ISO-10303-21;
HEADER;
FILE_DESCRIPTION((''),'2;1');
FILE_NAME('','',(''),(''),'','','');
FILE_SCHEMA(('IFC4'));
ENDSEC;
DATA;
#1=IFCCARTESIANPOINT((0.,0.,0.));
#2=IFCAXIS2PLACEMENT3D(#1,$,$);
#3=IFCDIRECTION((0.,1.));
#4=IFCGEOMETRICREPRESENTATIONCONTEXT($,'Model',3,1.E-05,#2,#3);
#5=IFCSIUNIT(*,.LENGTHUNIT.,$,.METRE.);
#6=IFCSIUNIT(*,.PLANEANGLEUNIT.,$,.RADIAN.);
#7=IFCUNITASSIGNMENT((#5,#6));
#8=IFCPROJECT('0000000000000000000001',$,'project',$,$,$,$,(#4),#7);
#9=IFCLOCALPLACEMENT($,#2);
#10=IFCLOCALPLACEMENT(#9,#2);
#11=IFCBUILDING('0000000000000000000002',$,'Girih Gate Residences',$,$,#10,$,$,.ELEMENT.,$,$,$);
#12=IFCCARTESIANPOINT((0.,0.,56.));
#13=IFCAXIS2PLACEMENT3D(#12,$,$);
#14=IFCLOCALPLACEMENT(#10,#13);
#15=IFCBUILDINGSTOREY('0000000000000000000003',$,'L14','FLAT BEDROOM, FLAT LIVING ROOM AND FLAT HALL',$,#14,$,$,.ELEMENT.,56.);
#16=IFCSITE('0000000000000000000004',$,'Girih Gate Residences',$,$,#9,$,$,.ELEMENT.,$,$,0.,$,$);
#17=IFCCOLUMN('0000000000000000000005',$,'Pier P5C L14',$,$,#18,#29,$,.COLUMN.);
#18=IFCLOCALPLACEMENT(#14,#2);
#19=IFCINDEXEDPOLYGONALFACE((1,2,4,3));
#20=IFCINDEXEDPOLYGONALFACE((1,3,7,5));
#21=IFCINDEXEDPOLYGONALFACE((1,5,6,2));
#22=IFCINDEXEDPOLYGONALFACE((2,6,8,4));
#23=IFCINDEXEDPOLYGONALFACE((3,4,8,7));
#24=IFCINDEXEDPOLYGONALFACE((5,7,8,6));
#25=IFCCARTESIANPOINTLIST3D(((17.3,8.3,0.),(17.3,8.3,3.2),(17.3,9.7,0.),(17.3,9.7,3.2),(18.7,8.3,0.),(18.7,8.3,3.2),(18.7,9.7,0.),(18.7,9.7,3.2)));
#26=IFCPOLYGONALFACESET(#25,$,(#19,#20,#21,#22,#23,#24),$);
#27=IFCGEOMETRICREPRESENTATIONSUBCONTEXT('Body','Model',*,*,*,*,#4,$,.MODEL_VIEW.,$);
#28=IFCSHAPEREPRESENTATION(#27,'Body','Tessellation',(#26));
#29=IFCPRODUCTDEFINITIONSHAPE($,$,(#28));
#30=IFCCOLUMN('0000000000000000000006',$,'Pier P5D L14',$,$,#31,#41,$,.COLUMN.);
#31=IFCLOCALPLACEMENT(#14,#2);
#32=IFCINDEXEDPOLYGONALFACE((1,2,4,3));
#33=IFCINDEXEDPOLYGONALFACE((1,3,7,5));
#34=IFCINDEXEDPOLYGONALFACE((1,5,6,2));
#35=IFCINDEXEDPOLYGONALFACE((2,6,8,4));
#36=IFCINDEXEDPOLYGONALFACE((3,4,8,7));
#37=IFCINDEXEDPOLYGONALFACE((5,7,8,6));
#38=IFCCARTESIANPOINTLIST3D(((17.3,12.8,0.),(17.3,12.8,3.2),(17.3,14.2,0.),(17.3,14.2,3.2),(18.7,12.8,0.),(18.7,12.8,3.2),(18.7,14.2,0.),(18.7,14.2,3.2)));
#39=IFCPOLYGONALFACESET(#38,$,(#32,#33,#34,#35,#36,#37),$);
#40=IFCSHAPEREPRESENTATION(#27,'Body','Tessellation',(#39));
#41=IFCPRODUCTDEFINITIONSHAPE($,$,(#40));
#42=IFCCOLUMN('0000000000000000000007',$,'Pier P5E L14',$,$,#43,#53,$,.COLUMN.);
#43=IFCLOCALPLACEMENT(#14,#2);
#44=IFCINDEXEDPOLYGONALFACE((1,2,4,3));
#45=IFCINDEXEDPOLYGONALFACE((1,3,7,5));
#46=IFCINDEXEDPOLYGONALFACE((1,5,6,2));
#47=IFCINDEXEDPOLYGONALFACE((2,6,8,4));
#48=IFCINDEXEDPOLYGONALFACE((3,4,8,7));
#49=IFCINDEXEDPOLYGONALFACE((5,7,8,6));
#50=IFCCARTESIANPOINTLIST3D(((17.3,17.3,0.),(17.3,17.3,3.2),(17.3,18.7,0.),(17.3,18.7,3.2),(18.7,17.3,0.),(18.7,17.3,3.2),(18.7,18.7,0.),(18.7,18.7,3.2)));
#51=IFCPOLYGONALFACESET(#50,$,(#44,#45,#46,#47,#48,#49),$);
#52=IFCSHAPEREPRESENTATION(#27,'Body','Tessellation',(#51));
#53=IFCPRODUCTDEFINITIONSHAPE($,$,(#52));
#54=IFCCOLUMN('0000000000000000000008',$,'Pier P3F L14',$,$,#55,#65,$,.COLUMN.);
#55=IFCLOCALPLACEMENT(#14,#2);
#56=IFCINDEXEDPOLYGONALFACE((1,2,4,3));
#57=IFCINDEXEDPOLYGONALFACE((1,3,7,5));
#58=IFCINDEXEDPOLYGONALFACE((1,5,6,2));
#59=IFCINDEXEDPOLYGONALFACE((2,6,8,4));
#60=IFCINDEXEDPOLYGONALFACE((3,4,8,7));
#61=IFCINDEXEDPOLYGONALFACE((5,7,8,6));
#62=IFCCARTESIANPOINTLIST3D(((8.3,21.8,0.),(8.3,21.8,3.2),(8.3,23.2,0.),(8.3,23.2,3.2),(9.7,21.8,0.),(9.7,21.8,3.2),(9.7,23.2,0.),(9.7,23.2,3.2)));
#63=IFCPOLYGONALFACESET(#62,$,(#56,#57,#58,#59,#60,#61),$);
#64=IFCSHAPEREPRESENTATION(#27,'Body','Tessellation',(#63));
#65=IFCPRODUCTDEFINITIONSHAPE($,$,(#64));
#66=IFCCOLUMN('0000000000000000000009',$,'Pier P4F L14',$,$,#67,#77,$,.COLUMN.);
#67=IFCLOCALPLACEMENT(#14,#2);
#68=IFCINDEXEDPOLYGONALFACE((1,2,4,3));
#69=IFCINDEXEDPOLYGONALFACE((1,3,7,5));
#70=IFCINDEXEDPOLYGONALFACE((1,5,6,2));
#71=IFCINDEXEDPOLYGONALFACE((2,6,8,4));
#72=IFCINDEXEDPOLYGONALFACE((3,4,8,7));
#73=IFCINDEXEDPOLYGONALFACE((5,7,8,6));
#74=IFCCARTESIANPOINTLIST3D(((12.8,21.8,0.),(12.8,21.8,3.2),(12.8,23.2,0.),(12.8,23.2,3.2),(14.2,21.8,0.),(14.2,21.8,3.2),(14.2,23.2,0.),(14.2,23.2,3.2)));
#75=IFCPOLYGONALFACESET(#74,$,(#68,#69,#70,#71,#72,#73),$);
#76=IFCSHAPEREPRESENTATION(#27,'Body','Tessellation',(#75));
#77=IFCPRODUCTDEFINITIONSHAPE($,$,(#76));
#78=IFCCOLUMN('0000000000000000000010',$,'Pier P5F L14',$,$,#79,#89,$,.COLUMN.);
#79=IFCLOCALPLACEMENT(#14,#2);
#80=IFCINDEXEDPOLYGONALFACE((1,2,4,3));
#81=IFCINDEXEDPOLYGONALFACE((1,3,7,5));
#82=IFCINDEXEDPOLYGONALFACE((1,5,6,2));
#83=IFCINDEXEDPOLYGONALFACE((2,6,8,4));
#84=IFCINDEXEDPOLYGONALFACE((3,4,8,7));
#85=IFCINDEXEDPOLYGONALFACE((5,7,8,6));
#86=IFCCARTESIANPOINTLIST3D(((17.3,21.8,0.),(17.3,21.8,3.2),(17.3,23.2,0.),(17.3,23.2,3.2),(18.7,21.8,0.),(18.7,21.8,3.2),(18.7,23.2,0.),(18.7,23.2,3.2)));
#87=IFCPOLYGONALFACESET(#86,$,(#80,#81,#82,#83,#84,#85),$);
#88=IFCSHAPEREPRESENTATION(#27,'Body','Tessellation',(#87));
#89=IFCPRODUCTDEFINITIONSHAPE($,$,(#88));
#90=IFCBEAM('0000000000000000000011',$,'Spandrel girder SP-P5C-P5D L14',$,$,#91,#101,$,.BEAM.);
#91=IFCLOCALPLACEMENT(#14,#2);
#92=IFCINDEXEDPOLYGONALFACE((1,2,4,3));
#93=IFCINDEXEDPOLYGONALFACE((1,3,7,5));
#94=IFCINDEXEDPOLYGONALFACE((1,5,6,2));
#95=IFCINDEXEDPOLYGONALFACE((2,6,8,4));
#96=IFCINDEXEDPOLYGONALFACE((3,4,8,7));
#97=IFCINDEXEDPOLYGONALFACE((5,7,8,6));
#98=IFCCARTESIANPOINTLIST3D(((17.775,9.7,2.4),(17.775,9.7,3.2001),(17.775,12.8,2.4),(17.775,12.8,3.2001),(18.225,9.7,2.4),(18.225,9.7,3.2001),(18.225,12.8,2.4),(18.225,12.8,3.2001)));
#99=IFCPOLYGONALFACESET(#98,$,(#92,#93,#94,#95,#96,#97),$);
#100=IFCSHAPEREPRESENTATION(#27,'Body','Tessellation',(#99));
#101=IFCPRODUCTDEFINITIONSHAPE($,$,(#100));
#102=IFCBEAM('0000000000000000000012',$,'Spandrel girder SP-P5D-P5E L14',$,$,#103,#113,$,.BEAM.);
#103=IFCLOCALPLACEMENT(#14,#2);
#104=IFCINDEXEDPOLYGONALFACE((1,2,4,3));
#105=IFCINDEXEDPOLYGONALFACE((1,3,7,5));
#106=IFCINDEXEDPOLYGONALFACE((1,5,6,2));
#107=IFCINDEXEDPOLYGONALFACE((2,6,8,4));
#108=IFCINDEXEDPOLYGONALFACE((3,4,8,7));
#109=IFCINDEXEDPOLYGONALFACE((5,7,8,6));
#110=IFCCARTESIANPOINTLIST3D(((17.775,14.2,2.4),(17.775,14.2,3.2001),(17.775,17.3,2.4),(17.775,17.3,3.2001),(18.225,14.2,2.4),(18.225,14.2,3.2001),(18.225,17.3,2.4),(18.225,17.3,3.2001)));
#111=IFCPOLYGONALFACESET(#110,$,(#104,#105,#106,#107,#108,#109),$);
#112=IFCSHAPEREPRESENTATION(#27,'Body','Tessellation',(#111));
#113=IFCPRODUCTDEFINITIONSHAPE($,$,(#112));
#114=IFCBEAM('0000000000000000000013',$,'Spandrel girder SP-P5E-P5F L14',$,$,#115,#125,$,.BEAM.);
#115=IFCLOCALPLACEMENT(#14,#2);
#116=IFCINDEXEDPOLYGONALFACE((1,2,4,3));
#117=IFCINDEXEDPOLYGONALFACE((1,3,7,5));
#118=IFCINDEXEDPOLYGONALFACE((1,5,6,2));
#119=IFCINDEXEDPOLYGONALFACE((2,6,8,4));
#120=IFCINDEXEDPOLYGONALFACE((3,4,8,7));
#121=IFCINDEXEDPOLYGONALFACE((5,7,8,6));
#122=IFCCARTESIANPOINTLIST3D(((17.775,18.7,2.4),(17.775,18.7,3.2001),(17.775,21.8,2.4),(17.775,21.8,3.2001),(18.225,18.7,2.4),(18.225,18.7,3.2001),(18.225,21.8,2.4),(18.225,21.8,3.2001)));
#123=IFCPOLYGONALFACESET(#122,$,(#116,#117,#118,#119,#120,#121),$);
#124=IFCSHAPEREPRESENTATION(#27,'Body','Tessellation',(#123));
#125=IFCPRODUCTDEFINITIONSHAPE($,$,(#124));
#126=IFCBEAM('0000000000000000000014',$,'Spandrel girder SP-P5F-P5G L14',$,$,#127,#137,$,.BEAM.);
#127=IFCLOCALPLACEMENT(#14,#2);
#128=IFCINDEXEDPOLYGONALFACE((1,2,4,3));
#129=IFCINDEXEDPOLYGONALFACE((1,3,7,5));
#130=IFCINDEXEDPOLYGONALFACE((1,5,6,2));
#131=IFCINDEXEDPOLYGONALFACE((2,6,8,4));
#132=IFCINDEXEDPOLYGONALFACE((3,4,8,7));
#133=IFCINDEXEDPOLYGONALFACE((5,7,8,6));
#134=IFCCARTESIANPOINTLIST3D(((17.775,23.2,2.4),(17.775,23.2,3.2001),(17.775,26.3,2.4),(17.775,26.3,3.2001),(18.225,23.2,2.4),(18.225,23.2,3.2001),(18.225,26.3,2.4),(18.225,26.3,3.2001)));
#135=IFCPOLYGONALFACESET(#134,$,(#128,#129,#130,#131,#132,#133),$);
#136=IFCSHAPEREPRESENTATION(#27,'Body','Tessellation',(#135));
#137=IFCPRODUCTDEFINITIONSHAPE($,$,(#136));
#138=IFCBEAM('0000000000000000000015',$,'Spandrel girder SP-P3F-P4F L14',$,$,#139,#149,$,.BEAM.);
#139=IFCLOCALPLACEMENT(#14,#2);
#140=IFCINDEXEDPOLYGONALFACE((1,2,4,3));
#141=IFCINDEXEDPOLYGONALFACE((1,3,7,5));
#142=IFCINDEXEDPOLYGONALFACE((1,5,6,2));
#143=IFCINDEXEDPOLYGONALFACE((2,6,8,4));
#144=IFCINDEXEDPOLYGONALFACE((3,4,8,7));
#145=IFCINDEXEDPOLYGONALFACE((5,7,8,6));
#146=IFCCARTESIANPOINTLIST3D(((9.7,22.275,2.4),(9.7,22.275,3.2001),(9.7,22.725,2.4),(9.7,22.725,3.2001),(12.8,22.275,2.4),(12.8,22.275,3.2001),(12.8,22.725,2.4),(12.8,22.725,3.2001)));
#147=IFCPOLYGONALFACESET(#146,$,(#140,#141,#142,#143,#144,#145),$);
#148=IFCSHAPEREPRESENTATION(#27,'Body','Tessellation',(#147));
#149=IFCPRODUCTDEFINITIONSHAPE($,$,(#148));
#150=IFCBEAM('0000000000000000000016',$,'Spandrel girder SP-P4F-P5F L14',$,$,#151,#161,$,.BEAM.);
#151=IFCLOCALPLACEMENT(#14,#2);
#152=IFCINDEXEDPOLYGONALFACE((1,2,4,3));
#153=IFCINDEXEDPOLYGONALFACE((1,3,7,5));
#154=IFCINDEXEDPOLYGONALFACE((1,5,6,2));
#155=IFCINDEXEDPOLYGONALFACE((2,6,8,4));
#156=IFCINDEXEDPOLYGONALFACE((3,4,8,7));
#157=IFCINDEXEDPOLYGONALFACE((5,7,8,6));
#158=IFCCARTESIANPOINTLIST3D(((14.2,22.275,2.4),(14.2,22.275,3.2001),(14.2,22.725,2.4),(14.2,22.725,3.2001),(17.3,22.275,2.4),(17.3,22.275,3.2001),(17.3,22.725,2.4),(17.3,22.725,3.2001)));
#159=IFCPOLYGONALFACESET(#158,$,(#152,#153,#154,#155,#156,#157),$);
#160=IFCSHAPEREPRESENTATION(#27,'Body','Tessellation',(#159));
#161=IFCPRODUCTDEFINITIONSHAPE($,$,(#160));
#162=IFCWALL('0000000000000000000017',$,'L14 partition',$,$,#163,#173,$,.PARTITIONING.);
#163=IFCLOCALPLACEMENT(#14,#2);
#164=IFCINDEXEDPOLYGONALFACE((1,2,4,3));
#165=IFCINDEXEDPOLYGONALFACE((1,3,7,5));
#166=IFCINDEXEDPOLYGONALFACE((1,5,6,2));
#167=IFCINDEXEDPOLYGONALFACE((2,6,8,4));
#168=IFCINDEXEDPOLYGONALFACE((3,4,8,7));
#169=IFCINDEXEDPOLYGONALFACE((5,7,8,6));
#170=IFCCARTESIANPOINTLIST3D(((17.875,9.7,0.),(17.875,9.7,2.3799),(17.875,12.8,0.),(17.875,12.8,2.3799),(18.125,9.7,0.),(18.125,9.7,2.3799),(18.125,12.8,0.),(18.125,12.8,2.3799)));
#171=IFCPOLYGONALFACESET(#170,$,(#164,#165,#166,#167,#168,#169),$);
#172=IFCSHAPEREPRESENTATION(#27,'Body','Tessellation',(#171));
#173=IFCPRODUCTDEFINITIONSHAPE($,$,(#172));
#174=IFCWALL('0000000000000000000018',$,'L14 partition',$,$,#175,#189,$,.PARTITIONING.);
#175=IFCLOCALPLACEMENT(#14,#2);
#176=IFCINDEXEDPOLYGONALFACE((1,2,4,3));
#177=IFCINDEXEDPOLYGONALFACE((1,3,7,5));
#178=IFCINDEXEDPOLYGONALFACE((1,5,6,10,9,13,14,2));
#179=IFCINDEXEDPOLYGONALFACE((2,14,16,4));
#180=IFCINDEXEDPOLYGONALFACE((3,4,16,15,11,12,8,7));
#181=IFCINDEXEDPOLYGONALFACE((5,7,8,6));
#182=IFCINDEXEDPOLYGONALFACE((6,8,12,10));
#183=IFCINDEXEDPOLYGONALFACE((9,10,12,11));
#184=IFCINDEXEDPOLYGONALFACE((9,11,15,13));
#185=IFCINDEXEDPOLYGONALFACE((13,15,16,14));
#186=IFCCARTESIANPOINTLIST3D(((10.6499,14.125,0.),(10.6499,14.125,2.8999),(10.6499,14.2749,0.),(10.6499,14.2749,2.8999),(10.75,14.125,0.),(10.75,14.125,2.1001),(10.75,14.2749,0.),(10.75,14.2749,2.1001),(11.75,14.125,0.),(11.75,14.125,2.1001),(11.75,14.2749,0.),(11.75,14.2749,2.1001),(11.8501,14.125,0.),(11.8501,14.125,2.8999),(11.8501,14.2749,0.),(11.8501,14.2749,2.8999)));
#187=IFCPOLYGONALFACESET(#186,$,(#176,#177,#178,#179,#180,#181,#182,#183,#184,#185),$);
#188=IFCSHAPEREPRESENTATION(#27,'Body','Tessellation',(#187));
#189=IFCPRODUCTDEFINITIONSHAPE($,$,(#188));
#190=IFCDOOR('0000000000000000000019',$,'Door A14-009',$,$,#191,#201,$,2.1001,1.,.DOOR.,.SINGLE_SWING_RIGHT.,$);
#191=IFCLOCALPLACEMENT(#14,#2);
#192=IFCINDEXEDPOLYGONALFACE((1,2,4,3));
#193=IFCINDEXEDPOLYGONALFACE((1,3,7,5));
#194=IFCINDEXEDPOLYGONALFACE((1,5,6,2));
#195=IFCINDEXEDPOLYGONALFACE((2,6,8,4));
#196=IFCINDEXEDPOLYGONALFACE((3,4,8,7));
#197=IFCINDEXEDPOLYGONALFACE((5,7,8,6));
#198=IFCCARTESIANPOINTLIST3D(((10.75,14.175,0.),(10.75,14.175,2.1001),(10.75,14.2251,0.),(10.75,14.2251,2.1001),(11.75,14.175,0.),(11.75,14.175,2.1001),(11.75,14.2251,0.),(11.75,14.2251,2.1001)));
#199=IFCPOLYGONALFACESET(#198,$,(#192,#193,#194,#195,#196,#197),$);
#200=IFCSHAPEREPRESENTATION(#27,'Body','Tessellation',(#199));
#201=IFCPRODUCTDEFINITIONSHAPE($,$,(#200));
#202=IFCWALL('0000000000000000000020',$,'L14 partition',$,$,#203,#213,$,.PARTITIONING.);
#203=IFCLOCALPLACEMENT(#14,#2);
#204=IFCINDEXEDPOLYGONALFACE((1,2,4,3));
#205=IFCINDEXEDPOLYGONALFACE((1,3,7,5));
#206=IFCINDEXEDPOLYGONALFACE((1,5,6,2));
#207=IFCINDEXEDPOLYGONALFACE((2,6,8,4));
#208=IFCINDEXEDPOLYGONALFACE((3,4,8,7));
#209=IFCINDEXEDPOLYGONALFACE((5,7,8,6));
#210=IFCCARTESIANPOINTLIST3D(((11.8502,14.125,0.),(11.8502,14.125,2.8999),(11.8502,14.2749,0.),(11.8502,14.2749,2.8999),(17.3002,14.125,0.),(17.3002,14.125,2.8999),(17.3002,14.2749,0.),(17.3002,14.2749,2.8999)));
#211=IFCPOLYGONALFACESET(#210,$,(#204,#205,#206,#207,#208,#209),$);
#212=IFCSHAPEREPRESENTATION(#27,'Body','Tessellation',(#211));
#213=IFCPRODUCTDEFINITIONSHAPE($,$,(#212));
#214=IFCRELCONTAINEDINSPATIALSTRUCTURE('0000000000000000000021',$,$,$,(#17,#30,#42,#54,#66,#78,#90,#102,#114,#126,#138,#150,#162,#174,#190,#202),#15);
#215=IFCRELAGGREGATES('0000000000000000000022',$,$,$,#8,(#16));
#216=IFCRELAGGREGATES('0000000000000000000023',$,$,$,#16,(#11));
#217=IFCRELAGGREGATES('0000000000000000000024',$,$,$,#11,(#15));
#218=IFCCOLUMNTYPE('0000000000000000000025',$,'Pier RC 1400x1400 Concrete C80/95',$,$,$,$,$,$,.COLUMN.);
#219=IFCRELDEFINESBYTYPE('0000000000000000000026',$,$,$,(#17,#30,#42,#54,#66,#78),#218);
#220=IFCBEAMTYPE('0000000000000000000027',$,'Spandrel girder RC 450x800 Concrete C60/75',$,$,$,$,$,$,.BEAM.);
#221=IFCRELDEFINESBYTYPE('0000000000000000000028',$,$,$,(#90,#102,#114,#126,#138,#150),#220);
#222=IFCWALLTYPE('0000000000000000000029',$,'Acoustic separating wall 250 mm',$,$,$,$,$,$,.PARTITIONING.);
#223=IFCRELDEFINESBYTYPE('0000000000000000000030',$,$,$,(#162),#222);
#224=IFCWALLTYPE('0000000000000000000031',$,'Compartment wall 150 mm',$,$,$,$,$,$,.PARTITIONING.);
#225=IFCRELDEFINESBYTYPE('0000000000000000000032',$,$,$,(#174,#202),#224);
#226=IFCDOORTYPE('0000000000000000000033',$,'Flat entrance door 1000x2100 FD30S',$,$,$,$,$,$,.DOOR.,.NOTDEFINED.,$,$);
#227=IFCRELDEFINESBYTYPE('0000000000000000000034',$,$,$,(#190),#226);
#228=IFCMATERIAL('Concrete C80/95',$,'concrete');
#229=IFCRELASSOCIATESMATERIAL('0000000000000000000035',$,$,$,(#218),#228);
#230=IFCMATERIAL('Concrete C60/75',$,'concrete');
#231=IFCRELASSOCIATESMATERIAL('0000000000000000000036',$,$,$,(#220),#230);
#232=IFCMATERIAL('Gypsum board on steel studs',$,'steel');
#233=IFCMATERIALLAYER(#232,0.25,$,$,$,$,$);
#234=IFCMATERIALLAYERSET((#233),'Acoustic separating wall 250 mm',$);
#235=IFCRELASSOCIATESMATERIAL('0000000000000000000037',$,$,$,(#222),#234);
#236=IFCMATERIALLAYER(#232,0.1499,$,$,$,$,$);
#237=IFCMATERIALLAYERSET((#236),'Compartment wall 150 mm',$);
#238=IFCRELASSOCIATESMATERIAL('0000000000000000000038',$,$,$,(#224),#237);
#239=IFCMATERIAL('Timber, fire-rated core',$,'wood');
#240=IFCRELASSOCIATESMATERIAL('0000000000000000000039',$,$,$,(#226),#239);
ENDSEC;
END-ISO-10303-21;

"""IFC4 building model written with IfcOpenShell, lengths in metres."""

from ifc_helpers import new_model, si_unit, direction, frame, frame_2d, origin, origin_2d, place, context, subcontext, project, spatial, rectangle, extrude, material, layer, layer_set, material_profile, profile_set, type_object, element, fill, save


model = new_model("IFC4")

# Units and contexts
model_context = context("Model", 3, precision=1e-05, world=origin(), true_north=direction((0.0, 1.0)))
body_context = subcontext(model_context, "Body", "Model", "MODEL_VIEW")
ifc_project = project(units=[si_unit("LENGTHUNIT", "METRE"), si_unit("PLANEANGLEUNIT", "RADIAN")], contexts=[model_context])

# Site, building, storey
site_placement = place(None, origin())
site = spatial("IfcSite", under=ifc_project, at=site_placement, Name="Girih Gate Residences", CompositionType="ELEMENT", RefElevation=0.0)
building_placement = place(site_placement, origin())
building = spatial("IfcBuilding", under=site, at=building_placement, Name="Girih Gate Residences", CompositionType="ELEMENT")
storey_placement = place(building_placement, frame((0.0, 0.0, 56.0)))
storey = spatial("IfcBuildingStorey", under=building, at=storey_placement, Name="L14", Description="FLAT BEDROOM, FLAT LIVING ROOM AND FLAT HALL", CompositionType="ELEMENT", Elevation=56.0)

# Columns
ifc_material_1 = material(Name="Concrete C80/95", Category="concrete")
ifc_material_profile_1 = material_profile(ifc_material_1, rectangle(XDim=1.3999, YDim=1.3999, at=origin_2d()))
ifc_profile_set_1 = profile_set([ifc_material_profile_1], Name="Concrete C80/95")
column_type = type_object("IfcColumnType", Name="Pier RC 1400x1400 Concrete C80/95", PredefinedType="COLUMN", material=ifc_profile_set_1)
for number, where, z_axis, x_axis, name in (
    (1, (18.0, 9.0, 0.0), (0.0, 0.0, 1.0), (1.0, 0.0, 0.0), "Pier P5C L14"),
    (2, (18.0, 13.5, 0.0), (0.0, 0.0, 1.0), (1.0, 0.0, 0.0), "Pier P5D L14"),
    (3, (18.0, 18.0, 0.0), (0.0, 0.0, 1.0), (1.0, 0.0, 0.0), "Pier P5E L14"),
    (4, (9.0, 22.5, 0.0), (0.0, 0.0, 1.0), (1.0, 0.0, 0.0), "Pier P3F L14"),
    (5, (13.5, 22.5, 0.0), (0.0, 0.0, 1.0), (1.0, 0.0, 0.0), "Pier P4F L14"),
    (6, (18.0, 22.5, 0.0), (0.0, 0.0, 1.0), (1.0, 0.0, 0.0), "Pier P5F L14"),
):
    element("IfcColumn", number, at=place(storey_placement, frame(where, z_axis=z_axis, x_axis=x_axis)), inside=storey, type_object=column_type, Name=name, PredefinedType="COLUMN", context=body_context, shape_type="SweptSolid", body=[
        extrude(rectangle(XDim=1.3999, YDim=1.3999, at=origin_2d()), origin(), (0.0, 0.0, 1.0), 3.2),
    ])

# Beams
ifc_material_2 = material(Name="Concrete C60/75", Category="concrete")
ifc_material_profile_2 = material_profile(ifc_material_2, rectangle(XDim=0.45, YDim=0.8, at=origin_2d()))
ifc_profile_set_2 = profile_set([ifc_material_profile_2], Name="Concrete C60/75")
beam_type = type_object("IfcBeamType", Name="Spandrel girder RC 450x800 Concrete C60/75", PredefinedType="BEAM", material=ifc_profile_set_2)
for number, where, z_axis, x_axis, name in (
    (7, (18.0, 9.7, 2.8), (0.0, 1.0, 0.0), (-1.0, 0.0, 0.0), "Spandrel girder SP-P5C-P5D L14"),
    (8, (18.0, 14.2, 2.8), (0.0, 1.0, 0.0), (-1.0, 0.0, 0.0), "Spandrel girder SP-P5D-P5E L14"),
    (9, (18.0, 18.7, 2.8), (0.0, 1.0, 0.0), (-1.0, 0.0, 0.0), "Spandrel girder SP-P5E-P5F L14"),
    (10, (18.0, 23.2, 2.8), (0.0, 1.0, 0.0), (-1.0, 0.0, 0.0), "Spandrel girder SP-P5F-P5G L14"),
    (11, (9.7, 22.5, 2.8), (1.0, 0.0, 0.0), (0.0, 1.0, 0.0), "Spandrel girder SP-P3F-P4F L14"),
    (12, (14.2, 22.5, 2.8), (1.0, 0.0, 0.0), (0.0, 1.0, 0.0), "Spandrel girder SP-P4F-P5F L14"),
):
    element("IfcBeam", number, at=place(storey_placement, frame(where, z_axis=z_axis, x_axis=x_axis)), inside=storey, type_object=beam_type, Name=name, PredefinedType="BEAM", context=body_context, shape_type="SweptSolid", body=[
        extrude(rectangle(XDim=0.45, YDim=0.8, at=origin_2d()), origin(), (0.0, 0.0, 1.0), 3.1001),
    ])

# Wall
ifc_material_3 = material(Name="Gypsum board on steel studs", Category="steel")
ifc_layer_1 = layer(ifc_material_3, 0.25)
ifc_layer_set_1 = layer_set([ifc_layer_1], Name="Acoustic separating wall 250 mm")
wall_type_1 = type_object("IfcWallType", Name="Acoustic separating wall 250 mm", PredefinedType="PARTITIONING", material=ifc_layer_set_1)
wall_1_placement = place(storey_placement, frame((18.0, 9.7, 0.0), z_axis=(0.0, 0.0, 1.0), x_axis=(0.0, 1.0, 0.0)))
element("IfcWall", 13, at=wall_1_placement, inside=storey, type_object=wall_type_1, Name="L14 partition", PredefinedType="PARTITIONING", context=body_context, shape_type="SweptSolid", body=[
    extrude(rectangle(XDim=3.1001, YDim=0.25, at=frame_2d((1.55, 0.0))), origin(), (0.0, 0.0, 1.0), 2.3799),
])

# Wall, opening, door
ifc_layer_2 = layer(ifc_material_3, 0.1499)
ifc_layer_set_2 = layer_set([ifc_layer_2], Name="Compartment wall 150 mm")
wall_type_2 = type_object("IfcWallType", Name="Compartment wall 150 mm", PredefinedType="PARTITIONING", material=ifc_layer_set_2)
wall_2_placement = place(storey_placement, frame((11.8501, 14.2, 0.0), z_axis=(0.0, 0.0, 1.0), x_axis=(-1.0, 0.0, 0.0)))
wall_2 = element("IfcWall", 14, at=wall_2_placement, inside=storey, type_object=wall_type_2, Name="L14 partition", PredefinedType="PARTITIONING", context=body_context, shape_type="SweptSolid", body=[
    extrude(rectangle(XDim=1.2002, YDim=0.1499, at=frame_2d((0.6001, 0.0))), origin(), (0.0, 0.0, 1.0), 2.8999),
])
opening_1_placement = place(wall_2_placement, frame((0.1001, 0.0, 0.0)))
opening_1 = element("IfcOpeningElement", 15, at=opening_1_placement, cuts=wall_2, PredefinedType="OPENING", context=body_context, shape_type="SweptSolid", body=[
    extrude(rectangle(XDim=1.0, YDim=2.1001, at=frame_2d((0.5, 1.05))), frame((0.0, 0.085, 0.0), z_axis=(0.0, -1.0, 0.0), x_axis=(1.0, 0.0, 0.0)), (0.0, 0.0, 1.0), 0.1699),
])
ifc_material_4 = material(Name="Timber, fire-rated core", Category="wood")
door_type_1 = type_object("IfcDoorType", Name="Flat entrance door 1000x2100 FD30S", OperationType="NOTDEFINED", PredefinedType="DOOR", material=ifc_material_4)
door_1_placement = place(opening_1_placement, origin())
door_1 = element("IfcDoor", 16, at=door_1_placement, inside=storey, type_object=door_type_1, Name="Door A14-009", OperationType="SINGLE_SWING_RIGHT", OverallHeight=2.1001, OverallWidth=1.0, PredefinedType="DOOR", context=body_context, shape_type="SweptSolid", body=[
    extrude(rectangle(XDim=1.0, YDim=2.1001, at=frame_2d((0.5, 1.05))), frame((0.0, 0.0249, 0.0), z_axis=(0.0, -1.0, 0.0), x_axis=(1.0, 0.0, 0.0)), (0.0, 0.0, 1.0), 0.05),
])
fill(opening_1, door_1)

# Wall
wall_3_placement = place(storey_placement, frame((11.8501, 14.2, 0.0), z_axis=(0.0, 0.0, 1.0), x_axis=(1.0, 0.0, 0.0)))
element("IfcWall", 17, at=wall_3_placement, inside=storey, type_object=wall_type_2, Name="L14 partition", PredefinedType="PARTITIONING", context=body_context, shape_type="SweptSolid", body=[
    extrude(rectangle(XDim=5.45, YDim=0.1499, at=frame_2d((2.7251, 0.0))), origin(), (0.0, 0.0, 1.0), 2.8999),
])

save(model, "model.ifc")
